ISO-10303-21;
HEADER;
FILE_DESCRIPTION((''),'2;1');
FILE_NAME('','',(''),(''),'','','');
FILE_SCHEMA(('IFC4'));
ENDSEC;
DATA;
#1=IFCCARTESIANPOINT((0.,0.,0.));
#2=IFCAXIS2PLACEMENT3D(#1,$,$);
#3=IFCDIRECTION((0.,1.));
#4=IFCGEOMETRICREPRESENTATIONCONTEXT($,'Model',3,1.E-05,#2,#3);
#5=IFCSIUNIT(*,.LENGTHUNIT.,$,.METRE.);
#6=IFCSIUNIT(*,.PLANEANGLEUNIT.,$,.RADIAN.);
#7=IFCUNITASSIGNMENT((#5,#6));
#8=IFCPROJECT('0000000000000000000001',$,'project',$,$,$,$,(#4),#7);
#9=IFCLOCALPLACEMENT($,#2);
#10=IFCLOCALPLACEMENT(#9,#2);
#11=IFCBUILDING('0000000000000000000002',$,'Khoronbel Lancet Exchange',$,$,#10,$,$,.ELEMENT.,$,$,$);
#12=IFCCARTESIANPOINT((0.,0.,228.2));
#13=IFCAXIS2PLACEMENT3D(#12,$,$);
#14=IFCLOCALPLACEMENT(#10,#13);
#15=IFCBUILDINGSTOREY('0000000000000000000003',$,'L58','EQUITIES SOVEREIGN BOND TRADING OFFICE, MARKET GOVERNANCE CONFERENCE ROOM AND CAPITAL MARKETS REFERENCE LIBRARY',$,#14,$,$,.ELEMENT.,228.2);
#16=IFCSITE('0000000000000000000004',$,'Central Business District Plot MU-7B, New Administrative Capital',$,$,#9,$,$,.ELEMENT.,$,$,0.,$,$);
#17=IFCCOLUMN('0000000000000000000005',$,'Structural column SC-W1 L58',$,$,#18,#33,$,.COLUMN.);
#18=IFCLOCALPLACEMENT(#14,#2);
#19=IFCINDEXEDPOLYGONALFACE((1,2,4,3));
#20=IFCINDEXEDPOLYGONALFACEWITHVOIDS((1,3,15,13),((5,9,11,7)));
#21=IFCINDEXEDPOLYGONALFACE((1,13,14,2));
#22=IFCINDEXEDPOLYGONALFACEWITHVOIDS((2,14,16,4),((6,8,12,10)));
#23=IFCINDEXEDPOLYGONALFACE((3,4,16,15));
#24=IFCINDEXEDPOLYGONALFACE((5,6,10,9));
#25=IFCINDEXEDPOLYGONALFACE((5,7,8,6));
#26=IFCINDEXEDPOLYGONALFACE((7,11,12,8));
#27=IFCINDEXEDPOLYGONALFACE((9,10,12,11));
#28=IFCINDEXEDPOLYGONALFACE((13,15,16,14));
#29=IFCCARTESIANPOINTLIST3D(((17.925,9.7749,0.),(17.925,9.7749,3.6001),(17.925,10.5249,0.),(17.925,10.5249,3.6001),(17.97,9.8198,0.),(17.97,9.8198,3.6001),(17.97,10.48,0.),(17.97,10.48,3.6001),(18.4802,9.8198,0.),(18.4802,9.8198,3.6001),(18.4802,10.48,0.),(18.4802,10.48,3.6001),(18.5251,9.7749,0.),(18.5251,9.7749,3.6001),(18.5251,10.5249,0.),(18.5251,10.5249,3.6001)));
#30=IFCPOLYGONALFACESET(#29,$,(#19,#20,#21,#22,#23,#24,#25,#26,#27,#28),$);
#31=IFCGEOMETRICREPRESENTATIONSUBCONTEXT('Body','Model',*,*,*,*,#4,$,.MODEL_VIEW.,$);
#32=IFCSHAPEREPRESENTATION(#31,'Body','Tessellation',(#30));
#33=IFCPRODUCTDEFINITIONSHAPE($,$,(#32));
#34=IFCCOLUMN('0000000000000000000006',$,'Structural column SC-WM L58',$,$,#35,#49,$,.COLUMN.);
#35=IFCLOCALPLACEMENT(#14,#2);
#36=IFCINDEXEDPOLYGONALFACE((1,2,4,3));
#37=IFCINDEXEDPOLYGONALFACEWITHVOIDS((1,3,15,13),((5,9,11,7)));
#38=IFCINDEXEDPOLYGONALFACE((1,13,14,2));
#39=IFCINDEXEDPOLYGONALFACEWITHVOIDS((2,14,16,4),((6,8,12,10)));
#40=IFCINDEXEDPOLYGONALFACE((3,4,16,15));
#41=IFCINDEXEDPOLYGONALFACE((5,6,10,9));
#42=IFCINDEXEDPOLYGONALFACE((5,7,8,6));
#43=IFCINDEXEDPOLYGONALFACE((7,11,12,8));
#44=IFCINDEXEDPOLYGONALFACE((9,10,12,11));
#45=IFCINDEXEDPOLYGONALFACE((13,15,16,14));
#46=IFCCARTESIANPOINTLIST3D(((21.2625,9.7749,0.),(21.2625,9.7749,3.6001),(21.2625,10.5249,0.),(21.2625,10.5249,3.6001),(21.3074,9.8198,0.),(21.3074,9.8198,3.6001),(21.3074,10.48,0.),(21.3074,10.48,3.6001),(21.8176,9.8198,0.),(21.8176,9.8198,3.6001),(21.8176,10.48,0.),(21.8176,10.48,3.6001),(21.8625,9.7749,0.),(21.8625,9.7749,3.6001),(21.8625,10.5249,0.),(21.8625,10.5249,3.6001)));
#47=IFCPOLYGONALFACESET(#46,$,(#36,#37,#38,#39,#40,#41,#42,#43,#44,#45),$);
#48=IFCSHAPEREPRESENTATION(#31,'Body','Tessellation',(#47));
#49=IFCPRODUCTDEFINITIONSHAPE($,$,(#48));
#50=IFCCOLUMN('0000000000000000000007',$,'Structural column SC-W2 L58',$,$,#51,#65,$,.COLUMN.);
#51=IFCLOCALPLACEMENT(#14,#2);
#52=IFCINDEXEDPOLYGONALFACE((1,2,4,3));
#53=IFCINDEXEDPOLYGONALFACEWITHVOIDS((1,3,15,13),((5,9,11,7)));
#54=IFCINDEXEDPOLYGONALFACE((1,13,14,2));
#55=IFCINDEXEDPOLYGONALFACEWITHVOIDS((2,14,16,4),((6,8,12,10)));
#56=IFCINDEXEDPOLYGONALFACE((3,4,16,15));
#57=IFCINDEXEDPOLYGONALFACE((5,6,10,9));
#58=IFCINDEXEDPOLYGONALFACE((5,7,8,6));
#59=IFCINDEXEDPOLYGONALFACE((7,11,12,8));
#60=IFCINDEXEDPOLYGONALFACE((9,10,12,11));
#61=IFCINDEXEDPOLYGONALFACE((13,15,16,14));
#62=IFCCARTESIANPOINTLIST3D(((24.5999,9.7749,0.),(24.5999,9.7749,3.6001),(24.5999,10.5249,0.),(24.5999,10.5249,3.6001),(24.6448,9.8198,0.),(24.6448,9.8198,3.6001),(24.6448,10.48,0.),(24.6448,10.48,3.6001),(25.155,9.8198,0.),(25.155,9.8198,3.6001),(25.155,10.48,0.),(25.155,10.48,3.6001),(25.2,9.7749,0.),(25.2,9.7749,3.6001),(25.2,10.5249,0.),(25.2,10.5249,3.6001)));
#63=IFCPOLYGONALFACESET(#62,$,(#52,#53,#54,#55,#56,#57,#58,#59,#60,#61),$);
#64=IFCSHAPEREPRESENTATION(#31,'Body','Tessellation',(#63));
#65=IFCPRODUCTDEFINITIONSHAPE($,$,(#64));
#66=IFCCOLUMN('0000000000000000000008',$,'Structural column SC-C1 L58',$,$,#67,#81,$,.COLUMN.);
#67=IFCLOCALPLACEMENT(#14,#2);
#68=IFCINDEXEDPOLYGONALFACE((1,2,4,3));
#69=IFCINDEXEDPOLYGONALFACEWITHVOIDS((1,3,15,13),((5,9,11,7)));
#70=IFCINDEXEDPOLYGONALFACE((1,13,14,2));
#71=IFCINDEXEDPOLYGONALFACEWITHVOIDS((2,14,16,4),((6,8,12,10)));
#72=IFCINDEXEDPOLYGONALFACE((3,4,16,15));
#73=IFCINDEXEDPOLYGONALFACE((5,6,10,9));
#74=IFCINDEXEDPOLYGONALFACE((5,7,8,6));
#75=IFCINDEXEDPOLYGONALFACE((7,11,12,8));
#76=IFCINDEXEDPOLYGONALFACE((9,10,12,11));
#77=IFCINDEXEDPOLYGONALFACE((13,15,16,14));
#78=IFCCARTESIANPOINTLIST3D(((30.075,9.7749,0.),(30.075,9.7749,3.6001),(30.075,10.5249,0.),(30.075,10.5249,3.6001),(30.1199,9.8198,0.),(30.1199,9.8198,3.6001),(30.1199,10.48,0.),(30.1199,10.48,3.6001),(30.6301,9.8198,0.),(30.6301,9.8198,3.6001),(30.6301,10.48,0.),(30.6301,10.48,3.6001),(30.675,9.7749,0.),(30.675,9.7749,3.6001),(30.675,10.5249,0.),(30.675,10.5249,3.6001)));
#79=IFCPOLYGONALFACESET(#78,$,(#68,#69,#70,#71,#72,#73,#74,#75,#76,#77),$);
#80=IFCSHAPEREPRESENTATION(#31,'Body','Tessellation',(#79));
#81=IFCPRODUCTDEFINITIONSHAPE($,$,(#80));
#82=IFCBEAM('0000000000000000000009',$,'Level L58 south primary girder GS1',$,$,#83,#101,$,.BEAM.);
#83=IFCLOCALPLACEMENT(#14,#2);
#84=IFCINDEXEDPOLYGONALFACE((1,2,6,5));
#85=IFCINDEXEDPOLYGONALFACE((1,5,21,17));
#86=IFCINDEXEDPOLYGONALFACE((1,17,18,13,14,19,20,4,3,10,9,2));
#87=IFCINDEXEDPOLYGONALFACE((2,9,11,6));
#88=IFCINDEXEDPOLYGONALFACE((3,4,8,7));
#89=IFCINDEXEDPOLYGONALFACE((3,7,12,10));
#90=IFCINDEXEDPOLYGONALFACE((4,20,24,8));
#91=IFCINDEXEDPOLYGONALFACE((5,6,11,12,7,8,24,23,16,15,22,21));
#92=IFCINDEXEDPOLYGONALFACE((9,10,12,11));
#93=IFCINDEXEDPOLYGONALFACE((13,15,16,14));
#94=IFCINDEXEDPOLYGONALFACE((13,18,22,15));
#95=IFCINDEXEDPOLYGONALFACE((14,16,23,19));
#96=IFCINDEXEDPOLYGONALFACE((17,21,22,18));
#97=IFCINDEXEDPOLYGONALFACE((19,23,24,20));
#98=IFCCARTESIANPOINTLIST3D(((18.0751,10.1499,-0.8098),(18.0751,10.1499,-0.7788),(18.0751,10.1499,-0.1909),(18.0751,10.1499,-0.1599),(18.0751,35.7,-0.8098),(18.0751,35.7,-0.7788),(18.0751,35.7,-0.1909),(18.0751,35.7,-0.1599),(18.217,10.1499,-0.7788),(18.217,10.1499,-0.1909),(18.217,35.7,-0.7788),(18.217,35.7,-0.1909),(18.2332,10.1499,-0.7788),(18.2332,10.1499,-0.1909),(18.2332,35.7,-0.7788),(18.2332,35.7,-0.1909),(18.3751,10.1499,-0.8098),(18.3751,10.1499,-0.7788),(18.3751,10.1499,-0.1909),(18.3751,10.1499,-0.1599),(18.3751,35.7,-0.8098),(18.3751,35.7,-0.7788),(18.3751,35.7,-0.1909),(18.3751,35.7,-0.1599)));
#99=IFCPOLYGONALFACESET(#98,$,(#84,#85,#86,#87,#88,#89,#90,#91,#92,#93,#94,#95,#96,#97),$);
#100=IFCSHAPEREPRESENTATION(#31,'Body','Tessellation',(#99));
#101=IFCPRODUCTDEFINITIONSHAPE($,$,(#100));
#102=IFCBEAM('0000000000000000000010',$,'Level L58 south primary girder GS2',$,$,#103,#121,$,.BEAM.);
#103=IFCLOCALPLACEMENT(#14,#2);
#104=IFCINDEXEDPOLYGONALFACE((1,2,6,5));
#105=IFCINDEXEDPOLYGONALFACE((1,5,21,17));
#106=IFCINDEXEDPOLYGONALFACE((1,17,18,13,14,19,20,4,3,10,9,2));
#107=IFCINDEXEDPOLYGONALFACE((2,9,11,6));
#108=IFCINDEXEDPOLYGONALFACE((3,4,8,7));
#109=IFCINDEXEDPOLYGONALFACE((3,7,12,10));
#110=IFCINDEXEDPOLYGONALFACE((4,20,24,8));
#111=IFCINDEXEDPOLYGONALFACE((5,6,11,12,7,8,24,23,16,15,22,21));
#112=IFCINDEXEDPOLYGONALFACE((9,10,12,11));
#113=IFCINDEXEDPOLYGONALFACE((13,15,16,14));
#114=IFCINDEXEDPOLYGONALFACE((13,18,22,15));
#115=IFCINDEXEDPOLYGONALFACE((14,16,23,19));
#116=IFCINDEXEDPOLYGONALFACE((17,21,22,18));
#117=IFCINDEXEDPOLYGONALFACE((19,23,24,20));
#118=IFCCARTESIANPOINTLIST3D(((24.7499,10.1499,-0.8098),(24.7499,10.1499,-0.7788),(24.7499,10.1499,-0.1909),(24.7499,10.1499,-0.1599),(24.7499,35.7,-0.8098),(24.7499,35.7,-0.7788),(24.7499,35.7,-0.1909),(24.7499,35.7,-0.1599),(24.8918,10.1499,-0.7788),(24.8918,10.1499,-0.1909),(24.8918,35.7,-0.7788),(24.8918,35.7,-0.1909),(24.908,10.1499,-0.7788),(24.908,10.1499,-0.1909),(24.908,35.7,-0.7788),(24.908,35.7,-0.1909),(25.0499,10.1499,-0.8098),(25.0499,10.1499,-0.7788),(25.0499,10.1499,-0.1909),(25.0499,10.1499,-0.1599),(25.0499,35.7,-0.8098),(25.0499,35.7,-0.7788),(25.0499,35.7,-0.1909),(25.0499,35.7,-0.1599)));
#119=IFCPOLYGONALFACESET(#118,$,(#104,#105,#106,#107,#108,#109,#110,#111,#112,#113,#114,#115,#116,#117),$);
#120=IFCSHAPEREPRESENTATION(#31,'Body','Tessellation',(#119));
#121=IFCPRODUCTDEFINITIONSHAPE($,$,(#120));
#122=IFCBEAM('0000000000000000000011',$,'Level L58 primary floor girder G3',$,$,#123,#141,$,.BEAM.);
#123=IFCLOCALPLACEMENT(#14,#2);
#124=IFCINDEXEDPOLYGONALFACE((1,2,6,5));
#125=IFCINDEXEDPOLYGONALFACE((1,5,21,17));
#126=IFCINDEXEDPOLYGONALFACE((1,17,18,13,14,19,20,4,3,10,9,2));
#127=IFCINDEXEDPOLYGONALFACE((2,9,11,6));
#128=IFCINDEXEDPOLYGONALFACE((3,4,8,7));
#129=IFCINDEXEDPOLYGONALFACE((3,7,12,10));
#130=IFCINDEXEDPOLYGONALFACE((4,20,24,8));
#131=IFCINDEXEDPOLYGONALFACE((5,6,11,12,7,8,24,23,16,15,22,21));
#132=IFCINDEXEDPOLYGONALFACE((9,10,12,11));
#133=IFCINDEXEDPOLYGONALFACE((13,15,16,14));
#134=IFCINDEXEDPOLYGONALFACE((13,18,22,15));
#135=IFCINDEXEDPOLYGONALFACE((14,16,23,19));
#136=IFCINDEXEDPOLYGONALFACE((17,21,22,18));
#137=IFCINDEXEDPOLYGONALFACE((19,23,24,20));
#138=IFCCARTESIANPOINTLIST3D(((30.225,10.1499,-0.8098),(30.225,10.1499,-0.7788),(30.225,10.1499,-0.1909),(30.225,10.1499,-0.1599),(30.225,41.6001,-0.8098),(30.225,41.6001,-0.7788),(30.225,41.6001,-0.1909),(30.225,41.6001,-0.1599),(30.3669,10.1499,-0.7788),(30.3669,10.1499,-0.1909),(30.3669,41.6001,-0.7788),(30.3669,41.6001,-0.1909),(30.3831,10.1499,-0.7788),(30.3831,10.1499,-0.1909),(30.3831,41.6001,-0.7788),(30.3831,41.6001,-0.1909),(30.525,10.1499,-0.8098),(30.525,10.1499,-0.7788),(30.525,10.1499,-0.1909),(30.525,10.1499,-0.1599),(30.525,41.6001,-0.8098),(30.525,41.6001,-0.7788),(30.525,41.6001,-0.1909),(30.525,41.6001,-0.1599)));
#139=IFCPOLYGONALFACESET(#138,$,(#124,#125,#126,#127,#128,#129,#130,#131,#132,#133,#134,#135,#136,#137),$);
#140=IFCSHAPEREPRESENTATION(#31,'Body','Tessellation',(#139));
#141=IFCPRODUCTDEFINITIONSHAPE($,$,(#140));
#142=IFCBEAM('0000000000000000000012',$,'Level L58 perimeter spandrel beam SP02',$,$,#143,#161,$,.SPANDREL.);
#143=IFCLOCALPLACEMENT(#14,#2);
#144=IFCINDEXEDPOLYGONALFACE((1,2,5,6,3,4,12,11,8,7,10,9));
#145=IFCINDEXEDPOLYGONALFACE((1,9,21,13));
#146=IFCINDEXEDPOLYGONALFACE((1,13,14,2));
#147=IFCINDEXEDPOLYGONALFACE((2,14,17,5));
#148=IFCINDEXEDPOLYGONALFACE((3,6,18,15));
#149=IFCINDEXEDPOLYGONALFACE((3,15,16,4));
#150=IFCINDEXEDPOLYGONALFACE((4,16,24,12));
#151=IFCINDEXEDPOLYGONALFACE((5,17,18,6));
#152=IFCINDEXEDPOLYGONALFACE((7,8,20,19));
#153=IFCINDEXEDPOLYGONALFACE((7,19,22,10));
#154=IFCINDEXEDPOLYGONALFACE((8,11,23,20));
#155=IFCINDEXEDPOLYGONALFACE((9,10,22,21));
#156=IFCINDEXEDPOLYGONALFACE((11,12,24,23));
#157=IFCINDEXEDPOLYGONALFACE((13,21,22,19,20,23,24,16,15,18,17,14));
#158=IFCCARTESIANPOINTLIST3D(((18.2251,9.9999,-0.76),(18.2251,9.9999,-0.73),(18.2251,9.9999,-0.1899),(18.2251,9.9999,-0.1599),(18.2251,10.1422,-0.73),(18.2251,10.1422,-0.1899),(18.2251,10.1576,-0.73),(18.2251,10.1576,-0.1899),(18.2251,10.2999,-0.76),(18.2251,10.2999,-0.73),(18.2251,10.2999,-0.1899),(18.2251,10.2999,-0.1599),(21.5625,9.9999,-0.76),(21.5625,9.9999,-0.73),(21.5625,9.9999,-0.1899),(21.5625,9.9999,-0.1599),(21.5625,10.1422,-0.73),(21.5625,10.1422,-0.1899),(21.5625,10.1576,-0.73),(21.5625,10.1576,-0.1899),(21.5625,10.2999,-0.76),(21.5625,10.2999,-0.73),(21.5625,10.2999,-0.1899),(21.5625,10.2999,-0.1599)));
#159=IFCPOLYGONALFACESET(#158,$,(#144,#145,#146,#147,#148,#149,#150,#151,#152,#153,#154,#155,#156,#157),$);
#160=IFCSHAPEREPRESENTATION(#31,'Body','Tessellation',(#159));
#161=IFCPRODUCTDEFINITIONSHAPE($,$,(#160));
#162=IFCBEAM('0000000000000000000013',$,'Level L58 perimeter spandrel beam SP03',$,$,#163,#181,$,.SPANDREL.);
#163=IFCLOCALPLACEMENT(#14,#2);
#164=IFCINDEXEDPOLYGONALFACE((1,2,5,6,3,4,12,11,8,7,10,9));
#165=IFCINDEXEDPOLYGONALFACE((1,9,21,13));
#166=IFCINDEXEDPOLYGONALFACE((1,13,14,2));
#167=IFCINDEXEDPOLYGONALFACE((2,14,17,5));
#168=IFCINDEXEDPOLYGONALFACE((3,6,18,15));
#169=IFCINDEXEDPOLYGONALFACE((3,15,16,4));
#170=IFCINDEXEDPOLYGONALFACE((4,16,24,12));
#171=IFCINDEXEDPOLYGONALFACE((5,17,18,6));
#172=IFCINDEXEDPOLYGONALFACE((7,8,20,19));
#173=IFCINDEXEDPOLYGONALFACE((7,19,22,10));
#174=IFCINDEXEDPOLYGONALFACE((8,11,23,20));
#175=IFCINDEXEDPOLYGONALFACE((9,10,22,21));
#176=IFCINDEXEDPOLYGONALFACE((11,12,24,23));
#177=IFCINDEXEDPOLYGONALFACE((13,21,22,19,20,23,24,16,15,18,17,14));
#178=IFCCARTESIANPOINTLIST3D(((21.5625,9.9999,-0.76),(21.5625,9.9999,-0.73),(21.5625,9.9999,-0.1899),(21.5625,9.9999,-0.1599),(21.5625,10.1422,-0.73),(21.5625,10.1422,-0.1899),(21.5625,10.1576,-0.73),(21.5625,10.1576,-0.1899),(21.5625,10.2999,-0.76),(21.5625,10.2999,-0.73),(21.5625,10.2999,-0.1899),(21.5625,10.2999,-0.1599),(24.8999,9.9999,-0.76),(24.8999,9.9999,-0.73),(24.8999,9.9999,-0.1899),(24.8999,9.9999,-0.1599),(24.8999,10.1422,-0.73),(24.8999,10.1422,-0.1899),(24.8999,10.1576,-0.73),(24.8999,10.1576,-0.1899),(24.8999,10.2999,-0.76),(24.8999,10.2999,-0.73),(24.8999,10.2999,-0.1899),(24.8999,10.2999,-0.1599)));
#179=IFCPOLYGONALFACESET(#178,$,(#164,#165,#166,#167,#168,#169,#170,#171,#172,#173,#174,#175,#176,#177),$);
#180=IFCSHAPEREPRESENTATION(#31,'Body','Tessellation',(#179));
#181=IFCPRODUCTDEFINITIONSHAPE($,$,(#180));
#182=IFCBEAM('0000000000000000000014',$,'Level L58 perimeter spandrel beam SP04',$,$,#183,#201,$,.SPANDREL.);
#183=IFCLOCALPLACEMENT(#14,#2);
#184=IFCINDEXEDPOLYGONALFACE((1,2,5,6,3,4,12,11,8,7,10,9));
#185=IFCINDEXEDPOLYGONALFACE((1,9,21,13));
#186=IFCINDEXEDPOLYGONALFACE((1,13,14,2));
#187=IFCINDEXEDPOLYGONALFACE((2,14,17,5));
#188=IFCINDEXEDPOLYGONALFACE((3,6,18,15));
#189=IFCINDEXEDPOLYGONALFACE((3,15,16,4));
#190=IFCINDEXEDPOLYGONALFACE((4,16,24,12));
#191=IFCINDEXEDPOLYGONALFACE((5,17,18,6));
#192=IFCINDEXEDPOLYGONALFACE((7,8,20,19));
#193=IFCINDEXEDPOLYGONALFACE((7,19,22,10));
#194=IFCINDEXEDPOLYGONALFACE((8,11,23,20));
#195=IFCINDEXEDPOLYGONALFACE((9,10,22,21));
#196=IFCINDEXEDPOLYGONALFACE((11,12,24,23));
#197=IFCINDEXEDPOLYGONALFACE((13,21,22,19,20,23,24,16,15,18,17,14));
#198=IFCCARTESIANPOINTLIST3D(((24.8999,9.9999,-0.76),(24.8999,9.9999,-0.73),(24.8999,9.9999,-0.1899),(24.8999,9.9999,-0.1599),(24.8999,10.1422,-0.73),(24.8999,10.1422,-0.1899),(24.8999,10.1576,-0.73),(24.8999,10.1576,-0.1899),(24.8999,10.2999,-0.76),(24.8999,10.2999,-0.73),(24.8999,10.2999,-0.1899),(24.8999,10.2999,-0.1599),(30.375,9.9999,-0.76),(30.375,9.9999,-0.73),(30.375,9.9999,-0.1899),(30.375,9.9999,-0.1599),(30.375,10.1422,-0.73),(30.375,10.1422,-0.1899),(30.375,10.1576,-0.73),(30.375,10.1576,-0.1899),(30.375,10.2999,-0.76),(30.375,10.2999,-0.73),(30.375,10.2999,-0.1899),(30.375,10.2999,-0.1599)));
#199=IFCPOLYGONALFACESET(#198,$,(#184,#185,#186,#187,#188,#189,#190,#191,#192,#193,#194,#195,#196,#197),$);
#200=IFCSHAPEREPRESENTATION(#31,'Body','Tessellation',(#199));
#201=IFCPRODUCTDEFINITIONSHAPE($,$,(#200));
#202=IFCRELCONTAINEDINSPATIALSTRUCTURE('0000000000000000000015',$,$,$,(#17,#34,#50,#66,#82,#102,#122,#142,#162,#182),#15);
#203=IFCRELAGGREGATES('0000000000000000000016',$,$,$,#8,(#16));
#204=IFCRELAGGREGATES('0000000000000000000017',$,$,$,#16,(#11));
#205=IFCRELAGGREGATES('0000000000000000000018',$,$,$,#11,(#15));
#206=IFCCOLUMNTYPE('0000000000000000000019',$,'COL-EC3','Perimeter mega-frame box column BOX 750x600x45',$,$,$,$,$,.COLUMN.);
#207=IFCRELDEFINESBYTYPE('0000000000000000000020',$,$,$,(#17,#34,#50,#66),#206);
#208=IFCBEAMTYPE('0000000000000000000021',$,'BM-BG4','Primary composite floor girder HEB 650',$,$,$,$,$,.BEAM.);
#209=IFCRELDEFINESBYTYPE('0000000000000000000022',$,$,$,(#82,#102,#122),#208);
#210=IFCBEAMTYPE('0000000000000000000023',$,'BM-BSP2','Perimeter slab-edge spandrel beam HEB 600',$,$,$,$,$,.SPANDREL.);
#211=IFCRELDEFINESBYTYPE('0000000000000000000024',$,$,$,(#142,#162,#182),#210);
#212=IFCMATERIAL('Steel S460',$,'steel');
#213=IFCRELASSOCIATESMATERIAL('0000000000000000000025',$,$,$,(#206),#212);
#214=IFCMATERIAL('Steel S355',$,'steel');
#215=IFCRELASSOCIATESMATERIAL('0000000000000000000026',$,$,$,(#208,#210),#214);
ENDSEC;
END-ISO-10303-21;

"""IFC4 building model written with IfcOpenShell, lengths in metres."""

from ifc_helpers import new_model, si_unit, direction, frame, origin, origin_2d, place, context, subcontext, project, spatial, hollow_rectangle, i_section, extrude, material, material_profile, profile_set, type_object, element, save


model = new_model("IFC4")

# Units and contexts
model_context = context("Model", 3, precision=1e-05, world=origin(), true_north=direction((0.0, 1.0)))
body_context = subcontext(model_context, "Body", "Model", "MODEL_VIEW")
ifc_project = project(units=[si_unit("LENGTHUNIT", "METRE"), si_unit("PLANEANGLEUNIT", "RADIAN")], contexts=[model_context])

# Site, building, storey
site_placement = place(None, origin())
site = spatial("IfcSite", under=ifc_project, at=site_placement, Name="Central Business District Plot MU-7B, New Administrative Capital", CompositionType="ELEMENT", RefElevation=0.0)
building_placement = place(site_placement, origin())
building = spatial("IfcBuilding", under=site, at=building_placement, Name="Khoronbel Lancet Exchange", CompositionType="ELEMENT")
storey_placement = place(building_placement, frame((0.0, 0.0, 228.2)))
storey = spatial("IfcBuildingStorey", under=building, at=storey_placement, Name="L58", Description="EQUITIES SOVEREIGN BOND TRADING OFFICE, MARKET GOVERNANCE CONFERENCE ROOM AND CAPITAL MARKETS REFERENCE LIBRARY", CompositionType="ELEMENT", Elevation=228.2)

# Columns
ifc_material_1 = material(Name="Steel S460", Category="steel")
ifc_material_profile_1 = material_profile(ifc_material_1, hollow_rectangle(XDim=0.6001, YDim=0.75, WallThickness=0.0449, at=origin_2d()), Name="BOX 750x600x45")
ifc_profile_set_1 = profile_set([ifc_material_profile_1], Name="Steel S460")
column_type = type_object("IfcColumnType", Name="COL-EC3", Description="Perimeter mega-frame box column BOX 750x600x45", PredefinedType="COLUMN", material=ifc_profile_set_1)
for number, where, z_axis, x_axis, name in (
    (1, (18.2251, 10.1499, 0.0), (0.0, 0.0, 1.0), (1.0, 0.0, 0.0), "Structural column SC-W1 L58"),
    (2, (21.5625, 10.1499, 0.0), (0.0, 0.0, 1.0), (1.0, 0.0, 0.0), "Structural column SC-WM L58"),
    (3, (24.8999, 10.1499, 0.0), (0.0, 0.0, 1.0), (1.0, 0.0, 0.0), "Structural column SC-W2 L58"),
    (4, (30.375, 10.1499, 0.0), (0.0, 0.0, 1.0), (1.0, 0.0, 0.0), "Structural column SC-C1 L58"),
):
    element("IfcColumn", number, at=place(storey_placement, frame(where, z_axis=z_axis, x_axis=x_axis)), inside=storey, type_object=column_type, Name=name, PredefinedType="COLUMN", context=body_context, shape_type="SweptSolid", body=[
        extrude(hollow_rectangle(XDim=0.6001, YDim=0.75, WallThickness=0.0449, at=origin_2d()), origin(), (0.0, 0.0, 1.0), 3.6001),
    ])

# Beams
ifc_material_2 = material(Name="Steel S355", Category="steel")
ifc_material_profile_2 = material_profile(ifc_material_2, i_section(OverallWidth=0.3, OverallDepth=0.6499, WebThickness=0.0161, FlangeThickness=0.031, at=origin_2d()), Name="HEB 650")
ifc_profile_set_2 = profile_set([ifc_material_profile_2], Name="Steel S355")
beam_type_1 = type_object("IfcBeamType", Name="BM-BG4", Description="Primary composite floor girder HEB 650", PredefinedType="BEAM", material=ifc_profile_set_2)
for number, where, z_axis, x_axis, name in (
    (5, (18.2251, 10.1499, -0.4849), (0.0, 1.0, 0.0), (-1.0, 0.0, 0.0), "Level L58 south primary girder GS1"),
    (6, (24.8999, 10.1499, -0.4849), (0.0, 1.0, 0.0), (-1.0, 0.0, 0.0), "Level L58 south primary girder GS2"),
):
    element("IfcBeam", number, at=place(storey_placement, frame(where, z_axis=z_axis, x_axis=x_axis)), inside=storey, type_object=beam_type_1, Name=name, PredefinedType="BEAM", context=body_context, shape_type="SweptSolid", body=[
        extrude(i_section(OverallWidth=0.3, OverallDepth=0.6499, WebThickness=0.0161, FlangeThickness=0.031, at=origin_2d()), origin(), (0.0, 0.0, 1.0), 25.55),
    ])
beam_1_placement = place(storey_placement, frame((30.375, 10.1499, -0.4849), z_axis=(0.0, 1.0, 0.0), x_axis=(-1.0, 0.0, 0.0)))
element("IfcBeam", 7, at=beam_1_placement, inside=storey, type_object=beam_type_1, Name="Level L58 primary floor girder G3", PredefinedType="BEAM", context=body_context, shape_type="SweptSolid", body=[
    extrude(i_section(OverallWidth=0.3, OverallDepth=0.6499, WebThickness=0.0161, FlangeThickness=0.031, at=origin_2d()), origin(), (0.0, 0.0, 1.0), 31.4502),
])
ifc_material_profile_3 = material_profile(ifc_material_2, i_section(OverallWidth=0.3, OverallDepth=0.6001, WebThickness=0.0154, FlangeThickness=0.03, at=origin_2d()), Name="HEB 600")
ifc_profile_set_3 = profile_set([ifc_material_profile_3], Name="Steel S355")
beam_type_2 = type_object("IfcBeamType", Name="BM-BSP2", Description="Perimeter slab-edge spandrel beam HEB 600", PredefinedType="SPANDREL", material=ifc_profile_set_3)
for number, where, z_axis, x_axis, name in (
    (8, (18.2251, 10.1499, -0.46), (1.0, 0.0, 0.0), (0.0, 1.0, 0.0), "Level L58 perimeter spandrel beam SP02"),
    (9, (21.5625, 10.1499, -0.46), (1.0, 0.0, 0.0), (0.0, 1.0, 0.0), "Level L58 perimeter spandrel beam SP03"),
):
    element("IfcBeam", number, at=place(storey_placement, frame(where, z_axis=z_axis, x_axis=x_axis)), inside=storey, type_object=beam_type_2, Name=name, PredefinedType="SPANDREL", context=body_context, shape_type="SweptSolid", body=[
        extrude(i_section(OverallWidth=0.3, OverallDepth=0.6001, WebThickness=0.0154, FlangeThickness=0.03, at=origin_2d()), origin(), (0.0, 0.0, 1.0), 3.3374),
    ])
beam_2_placement = place(storey_placement, frame((24.8999, 10.1499, -0.46), z_axis=(1.0, 0.0, 0.0), x_axis=(0.0, 1.0, 0.0)))
element("IfcBeam", 10, at=beam_2_placement, inside=storey, type_object=beam_type_2, Name="Level L58 perimeter spandrel beam SP04", PredefinedType="SPANDREL", context=body_context, shape_type="SweptSolid", body=[
    extrude(i_section(OverallWidth=0.3, OverallDepth=0.6001, WebThickness=0.0154, FlangeThickness=0.03, at=origin_2d()), origin(), (0.0, 0.0, 1.0), 5.4751),
])

save(model, "model.ifc")
